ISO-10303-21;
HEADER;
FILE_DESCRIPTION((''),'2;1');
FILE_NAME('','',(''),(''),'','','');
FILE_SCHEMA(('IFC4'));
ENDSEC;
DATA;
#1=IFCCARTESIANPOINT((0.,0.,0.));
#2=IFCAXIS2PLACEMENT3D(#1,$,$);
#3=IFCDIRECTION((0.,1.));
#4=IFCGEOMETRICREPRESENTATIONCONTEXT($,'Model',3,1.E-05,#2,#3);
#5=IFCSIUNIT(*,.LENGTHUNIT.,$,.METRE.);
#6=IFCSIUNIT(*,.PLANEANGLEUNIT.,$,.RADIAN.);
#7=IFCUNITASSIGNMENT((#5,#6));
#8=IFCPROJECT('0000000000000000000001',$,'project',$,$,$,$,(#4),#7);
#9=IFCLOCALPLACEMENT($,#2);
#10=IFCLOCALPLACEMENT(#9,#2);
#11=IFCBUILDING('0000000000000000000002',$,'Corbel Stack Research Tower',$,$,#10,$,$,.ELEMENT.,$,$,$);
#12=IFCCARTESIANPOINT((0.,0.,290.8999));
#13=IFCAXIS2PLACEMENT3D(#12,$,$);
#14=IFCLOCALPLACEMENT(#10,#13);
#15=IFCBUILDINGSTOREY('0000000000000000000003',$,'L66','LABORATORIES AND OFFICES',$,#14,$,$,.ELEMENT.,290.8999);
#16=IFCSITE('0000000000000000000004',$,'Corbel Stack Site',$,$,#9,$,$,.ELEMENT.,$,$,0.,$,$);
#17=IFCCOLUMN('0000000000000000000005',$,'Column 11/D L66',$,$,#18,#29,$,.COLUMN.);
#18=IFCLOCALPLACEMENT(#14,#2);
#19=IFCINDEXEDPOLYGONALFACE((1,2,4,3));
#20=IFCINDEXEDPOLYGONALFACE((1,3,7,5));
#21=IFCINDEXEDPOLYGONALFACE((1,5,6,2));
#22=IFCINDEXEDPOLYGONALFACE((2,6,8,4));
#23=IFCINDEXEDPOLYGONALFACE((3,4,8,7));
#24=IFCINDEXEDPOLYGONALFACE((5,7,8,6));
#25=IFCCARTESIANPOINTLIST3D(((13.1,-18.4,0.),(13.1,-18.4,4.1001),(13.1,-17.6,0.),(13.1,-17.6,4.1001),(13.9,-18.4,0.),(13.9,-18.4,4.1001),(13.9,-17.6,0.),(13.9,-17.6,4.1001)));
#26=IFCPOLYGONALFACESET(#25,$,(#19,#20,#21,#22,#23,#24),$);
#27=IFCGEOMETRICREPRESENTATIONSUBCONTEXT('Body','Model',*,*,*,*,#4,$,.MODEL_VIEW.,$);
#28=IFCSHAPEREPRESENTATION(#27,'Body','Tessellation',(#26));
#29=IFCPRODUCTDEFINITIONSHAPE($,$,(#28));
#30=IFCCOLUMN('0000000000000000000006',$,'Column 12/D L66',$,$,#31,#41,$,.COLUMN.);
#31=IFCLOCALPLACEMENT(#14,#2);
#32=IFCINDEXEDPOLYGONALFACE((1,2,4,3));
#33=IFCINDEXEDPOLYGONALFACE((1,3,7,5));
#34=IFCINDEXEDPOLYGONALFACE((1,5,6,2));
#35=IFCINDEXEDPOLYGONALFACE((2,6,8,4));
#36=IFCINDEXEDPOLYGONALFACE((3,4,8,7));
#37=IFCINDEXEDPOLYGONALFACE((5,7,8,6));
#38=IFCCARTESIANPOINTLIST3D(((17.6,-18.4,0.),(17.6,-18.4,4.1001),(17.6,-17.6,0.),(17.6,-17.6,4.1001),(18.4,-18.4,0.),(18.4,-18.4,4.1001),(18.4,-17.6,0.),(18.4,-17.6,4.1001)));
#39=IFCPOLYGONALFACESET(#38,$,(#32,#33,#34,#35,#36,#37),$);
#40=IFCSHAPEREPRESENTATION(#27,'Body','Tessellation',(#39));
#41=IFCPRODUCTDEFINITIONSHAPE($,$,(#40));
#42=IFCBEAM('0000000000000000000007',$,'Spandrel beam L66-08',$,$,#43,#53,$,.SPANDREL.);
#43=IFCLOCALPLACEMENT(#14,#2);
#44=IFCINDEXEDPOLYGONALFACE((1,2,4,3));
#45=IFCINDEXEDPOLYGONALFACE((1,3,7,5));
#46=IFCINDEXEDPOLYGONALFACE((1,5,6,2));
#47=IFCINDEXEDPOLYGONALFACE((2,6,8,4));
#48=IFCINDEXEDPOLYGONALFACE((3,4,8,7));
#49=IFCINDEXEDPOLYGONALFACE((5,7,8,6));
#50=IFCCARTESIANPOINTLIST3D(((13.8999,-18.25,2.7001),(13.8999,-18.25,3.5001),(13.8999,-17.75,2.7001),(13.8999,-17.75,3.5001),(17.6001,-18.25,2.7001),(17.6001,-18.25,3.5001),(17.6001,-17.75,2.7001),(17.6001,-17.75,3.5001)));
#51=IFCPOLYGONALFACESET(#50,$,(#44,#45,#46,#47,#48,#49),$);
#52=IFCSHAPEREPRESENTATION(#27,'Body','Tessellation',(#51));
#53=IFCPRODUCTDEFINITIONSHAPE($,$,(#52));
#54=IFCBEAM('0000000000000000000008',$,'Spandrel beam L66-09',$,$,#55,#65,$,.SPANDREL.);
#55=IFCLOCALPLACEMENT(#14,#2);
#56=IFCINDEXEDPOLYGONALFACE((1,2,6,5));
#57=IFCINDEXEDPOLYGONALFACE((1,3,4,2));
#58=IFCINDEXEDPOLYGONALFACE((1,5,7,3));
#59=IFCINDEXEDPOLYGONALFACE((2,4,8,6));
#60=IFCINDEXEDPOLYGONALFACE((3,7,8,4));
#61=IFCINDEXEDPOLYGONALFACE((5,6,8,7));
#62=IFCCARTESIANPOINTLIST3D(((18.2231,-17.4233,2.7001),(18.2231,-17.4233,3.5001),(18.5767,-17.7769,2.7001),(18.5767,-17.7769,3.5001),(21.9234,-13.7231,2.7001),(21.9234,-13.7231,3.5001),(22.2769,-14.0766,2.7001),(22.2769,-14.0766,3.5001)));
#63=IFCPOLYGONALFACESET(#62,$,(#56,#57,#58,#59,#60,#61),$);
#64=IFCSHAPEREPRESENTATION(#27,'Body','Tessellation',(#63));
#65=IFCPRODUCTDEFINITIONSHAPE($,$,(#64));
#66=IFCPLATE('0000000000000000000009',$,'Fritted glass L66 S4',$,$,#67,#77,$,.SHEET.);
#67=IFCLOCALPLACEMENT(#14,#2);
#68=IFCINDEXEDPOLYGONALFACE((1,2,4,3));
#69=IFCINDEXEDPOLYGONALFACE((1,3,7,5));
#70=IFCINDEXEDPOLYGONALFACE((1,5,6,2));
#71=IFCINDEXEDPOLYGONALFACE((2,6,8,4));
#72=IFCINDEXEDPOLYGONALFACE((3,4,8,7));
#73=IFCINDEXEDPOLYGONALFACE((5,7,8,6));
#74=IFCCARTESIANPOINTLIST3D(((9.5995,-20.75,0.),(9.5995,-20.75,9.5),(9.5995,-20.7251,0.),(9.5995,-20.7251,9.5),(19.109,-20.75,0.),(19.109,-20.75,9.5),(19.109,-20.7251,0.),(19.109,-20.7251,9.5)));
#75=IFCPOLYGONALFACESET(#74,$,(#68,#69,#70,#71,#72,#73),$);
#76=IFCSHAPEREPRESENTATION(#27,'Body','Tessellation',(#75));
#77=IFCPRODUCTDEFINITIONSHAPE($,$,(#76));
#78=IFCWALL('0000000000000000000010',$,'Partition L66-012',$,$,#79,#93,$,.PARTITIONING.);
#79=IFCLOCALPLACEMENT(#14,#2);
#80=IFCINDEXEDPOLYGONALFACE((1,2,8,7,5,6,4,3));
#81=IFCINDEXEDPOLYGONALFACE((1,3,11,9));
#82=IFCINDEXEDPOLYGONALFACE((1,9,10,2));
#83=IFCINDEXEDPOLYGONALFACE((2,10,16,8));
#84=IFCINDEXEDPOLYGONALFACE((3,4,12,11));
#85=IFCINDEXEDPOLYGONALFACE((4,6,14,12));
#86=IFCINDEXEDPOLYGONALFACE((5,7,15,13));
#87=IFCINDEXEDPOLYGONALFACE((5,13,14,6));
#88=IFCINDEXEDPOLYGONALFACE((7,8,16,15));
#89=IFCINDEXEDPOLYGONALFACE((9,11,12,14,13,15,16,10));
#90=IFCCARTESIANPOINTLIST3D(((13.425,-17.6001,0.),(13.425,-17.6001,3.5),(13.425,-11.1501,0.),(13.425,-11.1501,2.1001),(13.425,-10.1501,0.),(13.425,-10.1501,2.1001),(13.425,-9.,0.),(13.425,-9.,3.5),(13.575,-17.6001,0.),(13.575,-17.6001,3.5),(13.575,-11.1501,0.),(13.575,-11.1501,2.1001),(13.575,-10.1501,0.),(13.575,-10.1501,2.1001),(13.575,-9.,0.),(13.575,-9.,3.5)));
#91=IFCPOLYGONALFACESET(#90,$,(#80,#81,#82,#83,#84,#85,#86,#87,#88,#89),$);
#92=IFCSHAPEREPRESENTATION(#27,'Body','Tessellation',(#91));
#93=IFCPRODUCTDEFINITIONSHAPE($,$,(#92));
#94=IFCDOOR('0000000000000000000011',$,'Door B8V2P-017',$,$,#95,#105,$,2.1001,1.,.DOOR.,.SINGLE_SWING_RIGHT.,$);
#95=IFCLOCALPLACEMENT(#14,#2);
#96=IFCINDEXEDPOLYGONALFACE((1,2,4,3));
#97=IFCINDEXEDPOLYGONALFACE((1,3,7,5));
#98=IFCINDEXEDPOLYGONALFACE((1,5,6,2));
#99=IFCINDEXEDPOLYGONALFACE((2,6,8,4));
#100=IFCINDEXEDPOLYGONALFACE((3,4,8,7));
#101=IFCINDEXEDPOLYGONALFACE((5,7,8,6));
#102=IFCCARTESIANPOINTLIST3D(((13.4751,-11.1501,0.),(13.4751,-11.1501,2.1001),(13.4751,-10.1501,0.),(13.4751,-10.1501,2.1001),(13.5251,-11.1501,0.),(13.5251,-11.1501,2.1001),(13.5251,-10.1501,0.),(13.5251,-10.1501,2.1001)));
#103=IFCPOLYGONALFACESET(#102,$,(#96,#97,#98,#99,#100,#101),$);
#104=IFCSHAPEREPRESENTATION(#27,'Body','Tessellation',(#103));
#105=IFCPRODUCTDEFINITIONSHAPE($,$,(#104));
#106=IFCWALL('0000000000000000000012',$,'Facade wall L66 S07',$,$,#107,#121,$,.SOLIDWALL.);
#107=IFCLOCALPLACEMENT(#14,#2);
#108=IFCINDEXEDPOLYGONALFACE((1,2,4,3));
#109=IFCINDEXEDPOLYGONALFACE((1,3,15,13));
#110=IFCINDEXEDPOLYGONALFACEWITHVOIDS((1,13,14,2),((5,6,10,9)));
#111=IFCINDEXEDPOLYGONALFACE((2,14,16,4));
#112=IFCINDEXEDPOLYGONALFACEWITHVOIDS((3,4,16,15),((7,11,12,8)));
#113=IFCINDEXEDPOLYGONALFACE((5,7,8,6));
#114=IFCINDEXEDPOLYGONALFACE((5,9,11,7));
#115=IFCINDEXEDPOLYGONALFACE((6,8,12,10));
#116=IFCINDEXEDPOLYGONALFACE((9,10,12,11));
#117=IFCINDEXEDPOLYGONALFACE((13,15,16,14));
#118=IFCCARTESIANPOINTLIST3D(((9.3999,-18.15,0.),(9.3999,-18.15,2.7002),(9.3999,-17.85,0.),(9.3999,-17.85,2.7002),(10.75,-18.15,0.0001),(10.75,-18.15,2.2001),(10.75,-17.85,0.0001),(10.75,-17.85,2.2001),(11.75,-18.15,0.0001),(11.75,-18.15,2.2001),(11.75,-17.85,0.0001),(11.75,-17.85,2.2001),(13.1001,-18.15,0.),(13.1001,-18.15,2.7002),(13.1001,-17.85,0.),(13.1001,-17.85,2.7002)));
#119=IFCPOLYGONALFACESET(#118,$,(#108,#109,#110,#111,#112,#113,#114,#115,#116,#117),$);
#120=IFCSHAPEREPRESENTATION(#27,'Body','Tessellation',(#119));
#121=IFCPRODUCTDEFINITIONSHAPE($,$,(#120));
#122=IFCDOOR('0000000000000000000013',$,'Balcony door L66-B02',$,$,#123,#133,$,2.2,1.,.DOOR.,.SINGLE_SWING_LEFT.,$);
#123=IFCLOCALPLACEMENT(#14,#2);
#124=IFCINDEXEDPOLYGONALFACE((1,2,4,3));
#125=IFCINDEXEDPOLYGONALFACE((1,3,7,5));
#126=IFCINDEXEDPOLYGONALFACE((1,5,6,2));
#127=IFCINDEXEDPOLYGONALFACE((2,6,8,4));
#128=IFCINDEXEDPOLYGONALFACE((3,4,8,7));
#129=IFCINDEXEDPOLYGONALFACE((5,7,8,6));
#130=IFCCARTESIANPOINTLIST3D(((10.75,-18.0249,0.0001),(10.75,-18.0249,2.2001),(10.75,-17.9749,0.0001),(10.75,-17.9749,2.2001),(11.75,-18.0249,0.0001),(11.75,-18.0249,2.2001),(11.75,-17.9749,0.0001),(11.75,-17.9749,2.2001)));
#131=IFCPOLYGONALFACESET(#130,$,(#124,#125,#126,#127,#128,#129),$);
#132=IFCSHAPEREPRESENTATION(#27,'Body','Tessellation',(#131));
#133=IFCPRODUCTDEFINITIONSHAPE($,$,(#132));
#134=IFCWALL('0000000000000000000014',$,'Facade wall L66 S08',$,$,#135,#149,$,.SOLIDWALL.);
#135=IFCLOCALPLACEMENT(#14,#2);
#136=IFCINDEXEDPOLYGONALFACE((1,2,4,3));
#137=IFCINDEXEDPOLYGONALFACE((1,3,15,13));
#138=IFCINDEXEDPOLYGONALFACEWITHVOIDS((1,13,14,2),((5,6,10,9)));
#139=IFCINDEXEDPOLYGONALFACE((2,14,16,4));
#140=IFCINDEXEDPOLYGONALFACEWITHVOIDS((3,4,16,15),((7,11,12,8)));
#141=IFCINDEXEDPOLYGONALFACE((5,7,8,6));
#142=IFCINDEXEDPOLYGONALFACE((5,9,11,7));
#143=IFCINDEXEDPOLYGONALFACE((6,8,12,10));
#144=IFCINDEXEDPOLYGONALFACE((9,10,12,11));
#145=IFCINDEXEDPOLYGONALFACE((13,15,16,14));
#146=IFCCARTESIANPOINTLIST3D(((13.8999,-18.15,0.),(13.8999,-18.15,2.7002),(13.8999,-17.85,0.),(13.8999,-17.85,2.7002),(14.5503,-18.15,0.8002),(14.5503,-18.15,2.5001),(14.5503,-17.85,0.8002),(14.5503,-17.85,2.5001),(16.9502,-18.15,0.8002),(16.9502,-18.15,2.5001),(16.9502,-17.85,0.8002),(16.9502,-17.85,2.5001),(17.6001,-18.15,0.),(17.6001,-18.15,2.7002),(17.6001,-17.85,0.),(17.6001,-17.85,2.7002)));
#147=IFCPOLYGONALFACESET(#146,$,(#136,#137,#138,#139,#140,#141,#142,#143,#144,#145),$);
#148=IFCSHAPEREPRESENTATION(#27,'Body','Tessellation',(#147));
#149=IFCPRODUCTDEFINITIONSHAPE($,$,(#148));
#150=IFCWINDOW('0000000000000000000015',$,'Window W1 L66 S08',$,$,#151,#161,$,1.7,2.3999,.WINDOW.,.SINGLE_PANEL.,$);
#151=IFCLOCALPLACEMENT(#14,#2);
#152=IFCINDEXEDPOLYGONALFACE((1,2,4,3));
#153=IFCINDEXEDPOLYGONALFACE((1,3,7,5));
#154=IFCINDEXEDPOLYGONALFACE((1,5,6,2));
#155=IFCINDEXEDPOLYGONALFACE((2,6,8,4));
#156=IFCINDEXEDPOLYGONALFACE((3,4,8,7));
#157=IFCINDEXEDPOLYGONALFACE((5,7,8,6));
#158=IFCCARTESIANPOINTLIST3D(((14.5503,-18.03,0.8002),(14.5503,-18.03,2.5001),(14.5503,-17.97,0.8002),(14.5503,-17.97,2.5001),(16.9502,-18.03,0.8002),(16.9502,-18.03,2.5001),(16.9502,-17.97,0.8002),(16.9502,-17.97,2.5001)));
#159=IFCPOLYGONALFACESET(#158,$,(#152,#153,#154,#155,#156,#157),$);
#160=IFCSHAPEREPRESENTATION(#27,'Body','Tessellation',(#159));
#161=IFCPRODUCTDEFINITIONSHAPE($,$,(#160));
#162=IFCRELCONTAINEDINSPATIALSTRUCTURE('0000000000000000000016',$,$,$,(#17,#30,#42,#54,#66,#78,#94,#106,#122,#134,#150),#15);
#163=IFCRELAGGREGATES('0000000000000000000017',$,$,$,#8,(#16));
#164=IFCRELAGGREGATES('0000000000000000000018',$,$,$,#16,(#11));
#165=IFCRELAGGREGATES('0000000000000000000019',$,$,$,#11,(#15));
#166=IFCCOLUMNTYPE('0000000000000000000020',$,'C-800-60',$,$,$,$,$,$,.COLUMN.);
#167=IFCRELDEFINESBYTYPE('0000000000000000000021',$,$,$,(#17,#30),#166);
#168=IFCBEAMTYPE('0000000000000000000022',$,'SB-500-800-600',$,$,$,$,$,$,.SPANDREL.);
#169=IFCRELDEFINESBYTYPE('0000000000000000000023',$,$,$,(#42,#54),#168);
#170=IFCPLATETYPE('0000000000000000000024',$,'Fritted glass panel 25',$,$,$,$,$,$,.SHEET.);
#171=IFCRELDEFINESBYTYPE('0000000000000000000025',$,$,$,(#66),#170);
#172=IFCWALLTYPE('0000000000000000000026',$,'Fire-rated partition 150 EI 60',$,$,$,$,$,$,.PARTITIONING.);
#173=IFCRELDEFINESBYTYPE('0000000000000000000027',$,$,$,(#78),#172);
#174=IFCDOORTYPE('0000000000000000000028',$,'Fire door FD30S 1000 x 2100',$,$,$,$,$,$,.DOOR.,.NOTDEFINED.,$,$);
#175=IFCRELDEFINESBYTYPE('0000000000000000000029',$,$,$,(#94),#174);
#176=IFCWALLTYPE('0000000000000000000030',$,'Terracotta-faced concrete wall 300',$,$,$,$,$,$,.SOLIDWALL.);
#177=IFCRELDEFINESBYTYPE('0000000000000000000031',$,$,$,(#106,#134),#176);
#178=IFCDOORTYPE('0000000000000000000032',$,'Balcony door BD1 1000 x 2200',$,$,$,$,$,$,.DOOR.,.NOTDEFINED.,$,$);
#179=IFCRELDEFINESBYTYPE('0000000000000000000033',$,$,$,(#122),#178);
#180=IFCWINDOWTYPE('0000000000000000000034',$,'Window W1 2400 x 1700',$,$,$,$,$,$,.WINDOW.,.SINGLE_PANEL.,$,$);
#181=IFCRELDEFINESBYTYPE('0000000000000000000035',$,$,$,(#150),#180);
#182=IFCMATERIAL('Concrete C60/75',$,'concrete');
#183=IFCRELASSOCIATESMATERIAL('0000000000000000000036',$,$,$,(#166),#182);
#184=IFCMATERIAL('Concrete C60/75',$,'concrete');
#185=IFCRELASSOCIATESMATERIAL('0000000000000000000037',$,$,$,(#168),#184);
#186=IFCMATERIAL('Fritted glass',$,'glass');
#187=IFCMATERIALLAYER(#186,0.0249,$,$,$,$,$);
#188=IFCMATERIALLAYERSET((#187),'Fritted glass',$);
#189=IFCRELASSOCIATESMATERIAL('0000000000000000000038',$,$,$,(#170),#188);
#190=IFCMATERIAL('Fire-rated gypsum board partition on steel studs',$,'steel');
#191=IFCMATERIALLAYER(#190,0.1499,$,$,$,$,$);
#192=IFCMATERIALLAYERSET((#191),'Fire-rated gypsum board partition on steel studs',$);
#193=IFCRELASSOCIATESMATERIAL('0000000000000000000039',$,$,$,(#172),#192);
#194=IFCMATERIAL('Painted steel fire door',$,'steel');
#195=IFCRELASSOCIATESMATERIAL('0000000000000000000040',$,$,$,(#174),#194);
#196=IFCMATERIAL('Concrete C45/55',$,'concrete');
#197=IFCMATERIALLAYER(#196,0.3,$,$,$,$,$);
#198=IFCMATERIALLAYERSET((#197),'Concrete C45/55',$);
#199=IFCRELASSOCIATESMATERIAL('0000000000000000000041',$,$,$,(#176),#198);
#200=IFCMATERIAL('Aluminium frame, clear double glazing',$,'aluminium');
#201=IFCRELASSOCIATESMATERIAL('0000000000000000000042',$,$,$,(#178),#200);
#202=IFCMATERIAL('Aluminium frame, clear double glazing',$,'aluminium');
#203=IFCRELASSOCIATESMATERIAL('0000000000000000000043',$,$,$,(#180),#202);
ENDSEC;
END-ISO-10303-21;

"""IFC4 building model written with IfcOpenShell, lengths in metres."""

from ifc_helpers import new_model, si_unit, direction, frame, frame_2d, origin, origin_2d, place, context, subcontext, project, spatial, rectangle, extrude, material, layer, layer_set, material_profile, profile_set, type_object, element, fill, save


model = new_model("IFC4")

# Units and contexts
model_context = context("Model", 3, precision=1e-05, world=origin(), true_north=direction((0.0, 1.0)))
body_context = subcontext(model_context, "Body", "Model", "MODEL_VIEW")
ifc_project = project(units=[si_unit("LENGTHUNIT", "METRE"), si_unit("PLANEANGLEUNIT", "RADIAN")], contexts=[model_context])

# Site, building, storey
site_placement = place(None, origin())
site = spatial("IfcSite", under=ifc_project, at=site_placement, Name="Corbel Stack Site", CompositionType="ELEMENT", RefElevation=0.0)
building_placement = place(site_placement, origin())
building = spatial("IfcBuilding", under=site, at=building_placement, Name="Corbel Stack Research Tower", CompositionType="ELEMENT")
storey_placement = place(building_placement, frame((0.0, 0.0, 290.8999)))
storey = spatial("IfcBuildingStorey", under=building, at=storey_placement, Name="L66", Description="LABORATORIES AND OFFICES", CompositionType="ELEMENT", Elevation=290.8999)

# Columns
ifc_material_1 = material(Name="Concrete C60/75", Category="concrete")
ifc_material_profile_1 = material_profile(ifc_material_1, rectangle(XDim=0.8, YDim=0.8, at=origin_2d()), Name="RC 800 x 800")
ifc_profile_set_1 = profile_set([ifc_material_profile_1], Name="Concrete C60/75")
column_type = type_object("IfcColumnType", Name="C-800-60", PredefinedType="COLUMN", material=ifc_profile_set_1)
for number, where, z_axis, x_axis, name in (
    (1, (13.5, -18.0, 0.0), (0.0, 0.0, 1.0), (1.0, 0.0, 0.0), "Column 11/D L66"),
    (2, (18.0, -18.0, 0.0), (0.0, 0.0, 1.0), (1.0, 0.0, 0.0), "Column 12/D L66"),
):
    element("IfcColumn", number, at=place(storey_placement, frame(where, z_axis=z_axis, x_axis=x_axis)), inside=storey, type_object=column_type, Name=name, PredefinedType="COLUMN", context=body_context, shape_type="SweptSolid", body=[
        extrude(rectangle(XDim=0.8, YDim=0.8, at=origin_2d()), origin(), (0.0, 0.0, 1.0), 4.1001),
    ])

# Beams
ifc_material_2 = material(Name="Concrete C60/75", Category="concrete")
ifc_material_profile_2 = material_profile(ifc_material_2, rectangle(XDim=0.5, YDim=0.8, at=origin_2d()), Name="RC 500 x 800")
ifc_profile_set_2 = profile_set([ifc_material_profile_2], Name="Concrete C60/75")
beam_type = type_object("IfcBeamType", Name="SB-500-800-600", PredefinedType="SPANDREL", material=ifc_profile_set_2)
beam_1_placement = place(storey_placement, frame((13.8999, -18.0, 3.1001), z_axis=(1.0, 0.0, 0.0), x_axis=(0.0, 1.0, 0.0)))
element("IfcBeam", 3, at=beam_1_placement, inside=storey, type_object=beam_type, Name="Spandrel beam L66-08", PredefinedType="SPANDREL", context=body_context, shape_type="SweptSolid", body=[
    extrude(rectangle(XDim=0.5, YDim=0.8, at=origin_2d()), origin(), (0.0, 0.0, 1.0), 3.7002),
])
beam_2_placement = place(storey_placement, frame((18.3999, -17.6001, 3.1001), z_axis=(0.707107, 0.707107, 0.0), x_axis=(-0.707107, 0.707107, 0.0)))
element("IfcBeam", 4, at=beam_2_placement, inside=storey, type_object=beam_type, Name="Spandrel beam L66-09", PredefinedType="SPANDREL", context=body_context, shape_type="SweptSolid", body=[
    extrude(rectangle(XDim=0.5, YDim=0.8, at=origin_2d()), origin(), (0.0, 0.0, 1.0), 5.2329),
])

# Plate
ifc_material_3 = material(Name="Fritted glass", Category="glass")
ifc_layer_1 = layer(ifc_material_3, 0.0249)
ifc_layer_set_1 = layer_set([ifc_layer_1], Name="Fritted glass")
plate_type = type_object("IfcPlateType", Name="Fritted glass panel 25", PredefinedType="SHEET", material=ifc_layer_set_1)
plate_placement = place(storey_placement, frame((14.3542, -20.7375, 0.0), z_axis=(0.0, 0.0, 1.0), x_axis=(1.0, 0.0, 0.0)))
element("IfcPlate", 5, at=plate_placement, inside=storey, type_object=plate_type, Name="Fritted glass L66 S4", PredefinedType="SHEET", context=body_context, shape_type="SweptSolid", body=[
    extrude(rectangle(XDim=9.5095, YDim=0.0249, at=origin_2d()), origin(), (0.0, 0.0, 1.0), 9.5),
])

# Walls, openings, doors
ifc_material_4 = material(Name="Fire-rated gypsum board partition on steel studs", Category="steel")
ifc_layer_2 = layer(ifc_material_4, 0.1499)
ifc_layer_set_2 = layer_set([ifc_layer_2], Name="Fire-rated gypsum board partition on steel studs")
wall_type_1 = type_object("IfcWallType", Name="Fire-rated partition 150 EI 60", PredefinedType="PARTITIONING", material=ifc_layer_set_2)
wall_1_placement = place(storey_placement, frame((13.5, -17.6001, 0.0), z_axis=(0.0, 0.0, 1.0), x_axis=(0.0, 1.0, 0.0)))
wall_1 = element("IfcWall", 6, at=wall_1_placement, inside=storey, type_object=wall_type_1, Name="Partition L66-012", PredefinedType="PARTITIONING", context=body_context, shape_type="SweptSolid", body=[
    extrude(rectangle(XDim=8.6001, YDim=0.1499, at=frame_2d((4.3, 0.0))), origin(), (0.0, 0.0, 1.0), 3.5),
])
opening_1_placement = place(wall_1_placement, frame((6.45, 0.0, 0.0)))
opening_1 = element("IfcOpeningElement", 7, at=opening_1_placement, cuts=wall_1, PredefinedType="OPENING", context=body_context, shape_type="SweptSolid", body=[
    extrude(rectangle(XDim=1.0, YDim=2.1001, at=frame_2d((0.5, 1.05))), frame((0.0, 0.085, 0.0), z_axis=(0.0, -1.0, 0.0), x_axis=(1.0, 0.0, 0.0)), (0.0, 0.0, 1.0), 0.1699),
])
ifc_material_5 = material(Name="Painted steel fire door", Category="steel")
door_type_1 = type_object("IfcDoorType", Name="Fire door FD30S 1000 x 2100", OperationType="NOTDEFINED", PredefinedType="DOOR", material=ifc_material_5)
door_1_placement = place(opening_1_placement, origin())
door_1 = element("IfcDoor", 8, at=door_1_placement, inside=storey, type_object=door_type_1, Name="Door B8V2P-017", OperationType="SINGLE_SWING_RIGHT", OverallHeight=2.1001, OverallWidth=1.0, PredefinedType="DOOR", context=body_context, shape_type="SweptSolid", body=[
    extrude(rectangle(XDim=1.0, YDim=2.1001, at=frame_2d((0.5, 1.05))), frame((0.0, 0.0249, 0.0), z_axis=(0.0, -1.0, 0.0), x_axis=(1.0, 0.0, 0.0)), (0.0, 0.0, 1.0), 0.05),
])
fill(opening_1, door_1)
ifc_material_6 = material(Name="Concrete C45/55", Category="concrete")
ifc_layer_3 = layer(ifc_material_6, 0.3)
ifc_layer_set_3 = layer_set([ifc_layer_3], Name="Concrete C45/55")
wall_type_2 = type_object("IfcWallType", Name="Terracotta-faced concrete wall 300", PredefinedType="SOLIDWALL", material=ifc_layer_set_3)
wall_2_placement = place(storey_placement, frame((13.1001, -18.0, 0.0), z_axis=(0.0, 0.0, 1.0), x_axis=(-1.0, 0.0, 0.0)))
wall_2 = element("IfcWall", 9, at=wall_2_placement, inside=storey, type_object=wall_type_2, Name="Facade wall L66 S07", PredefinedType="SOLIDWALL", context=body_context, shape_type="SweptSolid", body=[
    extrude(rectangle(XDim=3.7002, YDim=0.3, at=frame_2d((1.8501, 0.0))), origin(), (0.0, 0.0, 1.0), 2.7002),
])
opening_2_placement = place(wall_2_placement, frame((1.3501, 0.0, 0.0)))
opening_2 = element("IfcOpeningElement", 10, at=opening_2_placement, cuts=wall_2, PredefinedType="OPENING", context=body_context, shape_type="SweptSolid", body=[
    extrude(rectangle(XDim=1.0, YDim=2.2, at=frame_2d((0.5, 1.1001))), frame((0.0, 0.1599, 0.0), z_axis=(0.0, -1.0, 0.0), x_axis=(1.0, 0.0, 0.0)), (0.0, 0.0, 1.0), 0.3201),
])
ifc_material_7 = material(Name="Aluminium frame, clear double glazing", Category="aluminium")
door_type_2 = type_object("IfcDoorType", Name="Balcony door BD1 1000 x 2200", OperationType="NOTDEFINED", PredefinedType="DOOR", material=ifc_material_7)
door_2_placement = place(opening_2_placement, origin())
door_2 = element("IfcDoor", 11, at=door_2_placement, inside=storey, type_object=door_type_2, Name="Balcony door L66-B02", OperationType="SINGLE_SWING_LEFT", OverallHeight=2.2, OverallWidth=1.0, PredefinedType="DOOR", context=body_context, shape_type="SweptSolid", body=[
    extrude(rectangle(XDim=1.0, YDim=2.2, at=frame_2d((0.5, 1.1001))), frame((0.0, 0.0249, 0.0), z_axis=(0.0, -1.0, 0.0), x_axis=(1.0, 0.0, 0.0)), (0.0, 0.0, 1.0), 0.05),
])
fill(opening_2, door_2)

# Wall, opening, window
wall_3_placement = place(storey_placement, frame((17.6001, -18.0, 0.0), z_axis=(0.0, 0.0, 1.0), x_axis=(-1.0, 0.0, 0.0)))
wall_3 = element("IfcWall", 12, at=wall_3_placement, inside=storey, type_object=wall_type_2, Name="Facade wall L66 S08", PredefinedType="SOLIDWALL", context=body_context, shape_type="SweptSolid", body=[
    extrude(rectangle(XDim=3.7002, YDim=0.3, at=frame_2d((1.8501, 0.0))), origin(), (0.0, 0.0, 1.0), 2.7002),
])
opening_3_placement = place(wall_3_placement, frame((0.6499, 0.0, 0.8)))
opening_3 = element("IfcOpeningElement", 13, at=opening_3_placement, cuts=wall_3, PredefinedType="OPENING", context=body_context, shape_type="SweptSolid", body=[
    extrude(rectangle(XDim=2.3999, YDim=1.7, at=frame_2d((1.2, 0.8501))), frame((0.0, 0.1599, 0.0), z_axis=(0.0, -1.0, 0.0), x_axis=(1.0, 0.0, 0.0)), (0.0, 0.0, 1.0), 0.3201),
])
ifc_material_8 = material(Name="Aluminium frame, clear double glazing", Category="aluminium")
window_type = type_object("IfcWindowType", Name="Window W1 2400 x 1700", PartitioningType="SINGLE_PANEL", PredefinedType="WINDOW", material=ifc_material_8)
window_placement = place(opening_3_placement, origin())
window = element("IfcWindow", 14, at=window_placement, inside=storey, type_object=window_type, Name="Window W1 L66 S08", OverallHeight=1.7, OverallWidth=2.3999, PartitioningType="SINGLE_PANEL", PredefinedType="WINDOW", context=body_context, shape_type="SweptSolid", body=[
    extrude(rectangle(XDim=2.3999, YDim=1.7, at=frame_2d((1.2, 0.8501))), frame((0.0, 0.03, 0.0), z_axis=(0.0, -1.0, 0.0), x_axis=(1.0, 0.0, 0.0)), (0.0, 0.0, 1.0), 0.0601),
])
fill(opening_3, window)

save(model, "model.ifc")
